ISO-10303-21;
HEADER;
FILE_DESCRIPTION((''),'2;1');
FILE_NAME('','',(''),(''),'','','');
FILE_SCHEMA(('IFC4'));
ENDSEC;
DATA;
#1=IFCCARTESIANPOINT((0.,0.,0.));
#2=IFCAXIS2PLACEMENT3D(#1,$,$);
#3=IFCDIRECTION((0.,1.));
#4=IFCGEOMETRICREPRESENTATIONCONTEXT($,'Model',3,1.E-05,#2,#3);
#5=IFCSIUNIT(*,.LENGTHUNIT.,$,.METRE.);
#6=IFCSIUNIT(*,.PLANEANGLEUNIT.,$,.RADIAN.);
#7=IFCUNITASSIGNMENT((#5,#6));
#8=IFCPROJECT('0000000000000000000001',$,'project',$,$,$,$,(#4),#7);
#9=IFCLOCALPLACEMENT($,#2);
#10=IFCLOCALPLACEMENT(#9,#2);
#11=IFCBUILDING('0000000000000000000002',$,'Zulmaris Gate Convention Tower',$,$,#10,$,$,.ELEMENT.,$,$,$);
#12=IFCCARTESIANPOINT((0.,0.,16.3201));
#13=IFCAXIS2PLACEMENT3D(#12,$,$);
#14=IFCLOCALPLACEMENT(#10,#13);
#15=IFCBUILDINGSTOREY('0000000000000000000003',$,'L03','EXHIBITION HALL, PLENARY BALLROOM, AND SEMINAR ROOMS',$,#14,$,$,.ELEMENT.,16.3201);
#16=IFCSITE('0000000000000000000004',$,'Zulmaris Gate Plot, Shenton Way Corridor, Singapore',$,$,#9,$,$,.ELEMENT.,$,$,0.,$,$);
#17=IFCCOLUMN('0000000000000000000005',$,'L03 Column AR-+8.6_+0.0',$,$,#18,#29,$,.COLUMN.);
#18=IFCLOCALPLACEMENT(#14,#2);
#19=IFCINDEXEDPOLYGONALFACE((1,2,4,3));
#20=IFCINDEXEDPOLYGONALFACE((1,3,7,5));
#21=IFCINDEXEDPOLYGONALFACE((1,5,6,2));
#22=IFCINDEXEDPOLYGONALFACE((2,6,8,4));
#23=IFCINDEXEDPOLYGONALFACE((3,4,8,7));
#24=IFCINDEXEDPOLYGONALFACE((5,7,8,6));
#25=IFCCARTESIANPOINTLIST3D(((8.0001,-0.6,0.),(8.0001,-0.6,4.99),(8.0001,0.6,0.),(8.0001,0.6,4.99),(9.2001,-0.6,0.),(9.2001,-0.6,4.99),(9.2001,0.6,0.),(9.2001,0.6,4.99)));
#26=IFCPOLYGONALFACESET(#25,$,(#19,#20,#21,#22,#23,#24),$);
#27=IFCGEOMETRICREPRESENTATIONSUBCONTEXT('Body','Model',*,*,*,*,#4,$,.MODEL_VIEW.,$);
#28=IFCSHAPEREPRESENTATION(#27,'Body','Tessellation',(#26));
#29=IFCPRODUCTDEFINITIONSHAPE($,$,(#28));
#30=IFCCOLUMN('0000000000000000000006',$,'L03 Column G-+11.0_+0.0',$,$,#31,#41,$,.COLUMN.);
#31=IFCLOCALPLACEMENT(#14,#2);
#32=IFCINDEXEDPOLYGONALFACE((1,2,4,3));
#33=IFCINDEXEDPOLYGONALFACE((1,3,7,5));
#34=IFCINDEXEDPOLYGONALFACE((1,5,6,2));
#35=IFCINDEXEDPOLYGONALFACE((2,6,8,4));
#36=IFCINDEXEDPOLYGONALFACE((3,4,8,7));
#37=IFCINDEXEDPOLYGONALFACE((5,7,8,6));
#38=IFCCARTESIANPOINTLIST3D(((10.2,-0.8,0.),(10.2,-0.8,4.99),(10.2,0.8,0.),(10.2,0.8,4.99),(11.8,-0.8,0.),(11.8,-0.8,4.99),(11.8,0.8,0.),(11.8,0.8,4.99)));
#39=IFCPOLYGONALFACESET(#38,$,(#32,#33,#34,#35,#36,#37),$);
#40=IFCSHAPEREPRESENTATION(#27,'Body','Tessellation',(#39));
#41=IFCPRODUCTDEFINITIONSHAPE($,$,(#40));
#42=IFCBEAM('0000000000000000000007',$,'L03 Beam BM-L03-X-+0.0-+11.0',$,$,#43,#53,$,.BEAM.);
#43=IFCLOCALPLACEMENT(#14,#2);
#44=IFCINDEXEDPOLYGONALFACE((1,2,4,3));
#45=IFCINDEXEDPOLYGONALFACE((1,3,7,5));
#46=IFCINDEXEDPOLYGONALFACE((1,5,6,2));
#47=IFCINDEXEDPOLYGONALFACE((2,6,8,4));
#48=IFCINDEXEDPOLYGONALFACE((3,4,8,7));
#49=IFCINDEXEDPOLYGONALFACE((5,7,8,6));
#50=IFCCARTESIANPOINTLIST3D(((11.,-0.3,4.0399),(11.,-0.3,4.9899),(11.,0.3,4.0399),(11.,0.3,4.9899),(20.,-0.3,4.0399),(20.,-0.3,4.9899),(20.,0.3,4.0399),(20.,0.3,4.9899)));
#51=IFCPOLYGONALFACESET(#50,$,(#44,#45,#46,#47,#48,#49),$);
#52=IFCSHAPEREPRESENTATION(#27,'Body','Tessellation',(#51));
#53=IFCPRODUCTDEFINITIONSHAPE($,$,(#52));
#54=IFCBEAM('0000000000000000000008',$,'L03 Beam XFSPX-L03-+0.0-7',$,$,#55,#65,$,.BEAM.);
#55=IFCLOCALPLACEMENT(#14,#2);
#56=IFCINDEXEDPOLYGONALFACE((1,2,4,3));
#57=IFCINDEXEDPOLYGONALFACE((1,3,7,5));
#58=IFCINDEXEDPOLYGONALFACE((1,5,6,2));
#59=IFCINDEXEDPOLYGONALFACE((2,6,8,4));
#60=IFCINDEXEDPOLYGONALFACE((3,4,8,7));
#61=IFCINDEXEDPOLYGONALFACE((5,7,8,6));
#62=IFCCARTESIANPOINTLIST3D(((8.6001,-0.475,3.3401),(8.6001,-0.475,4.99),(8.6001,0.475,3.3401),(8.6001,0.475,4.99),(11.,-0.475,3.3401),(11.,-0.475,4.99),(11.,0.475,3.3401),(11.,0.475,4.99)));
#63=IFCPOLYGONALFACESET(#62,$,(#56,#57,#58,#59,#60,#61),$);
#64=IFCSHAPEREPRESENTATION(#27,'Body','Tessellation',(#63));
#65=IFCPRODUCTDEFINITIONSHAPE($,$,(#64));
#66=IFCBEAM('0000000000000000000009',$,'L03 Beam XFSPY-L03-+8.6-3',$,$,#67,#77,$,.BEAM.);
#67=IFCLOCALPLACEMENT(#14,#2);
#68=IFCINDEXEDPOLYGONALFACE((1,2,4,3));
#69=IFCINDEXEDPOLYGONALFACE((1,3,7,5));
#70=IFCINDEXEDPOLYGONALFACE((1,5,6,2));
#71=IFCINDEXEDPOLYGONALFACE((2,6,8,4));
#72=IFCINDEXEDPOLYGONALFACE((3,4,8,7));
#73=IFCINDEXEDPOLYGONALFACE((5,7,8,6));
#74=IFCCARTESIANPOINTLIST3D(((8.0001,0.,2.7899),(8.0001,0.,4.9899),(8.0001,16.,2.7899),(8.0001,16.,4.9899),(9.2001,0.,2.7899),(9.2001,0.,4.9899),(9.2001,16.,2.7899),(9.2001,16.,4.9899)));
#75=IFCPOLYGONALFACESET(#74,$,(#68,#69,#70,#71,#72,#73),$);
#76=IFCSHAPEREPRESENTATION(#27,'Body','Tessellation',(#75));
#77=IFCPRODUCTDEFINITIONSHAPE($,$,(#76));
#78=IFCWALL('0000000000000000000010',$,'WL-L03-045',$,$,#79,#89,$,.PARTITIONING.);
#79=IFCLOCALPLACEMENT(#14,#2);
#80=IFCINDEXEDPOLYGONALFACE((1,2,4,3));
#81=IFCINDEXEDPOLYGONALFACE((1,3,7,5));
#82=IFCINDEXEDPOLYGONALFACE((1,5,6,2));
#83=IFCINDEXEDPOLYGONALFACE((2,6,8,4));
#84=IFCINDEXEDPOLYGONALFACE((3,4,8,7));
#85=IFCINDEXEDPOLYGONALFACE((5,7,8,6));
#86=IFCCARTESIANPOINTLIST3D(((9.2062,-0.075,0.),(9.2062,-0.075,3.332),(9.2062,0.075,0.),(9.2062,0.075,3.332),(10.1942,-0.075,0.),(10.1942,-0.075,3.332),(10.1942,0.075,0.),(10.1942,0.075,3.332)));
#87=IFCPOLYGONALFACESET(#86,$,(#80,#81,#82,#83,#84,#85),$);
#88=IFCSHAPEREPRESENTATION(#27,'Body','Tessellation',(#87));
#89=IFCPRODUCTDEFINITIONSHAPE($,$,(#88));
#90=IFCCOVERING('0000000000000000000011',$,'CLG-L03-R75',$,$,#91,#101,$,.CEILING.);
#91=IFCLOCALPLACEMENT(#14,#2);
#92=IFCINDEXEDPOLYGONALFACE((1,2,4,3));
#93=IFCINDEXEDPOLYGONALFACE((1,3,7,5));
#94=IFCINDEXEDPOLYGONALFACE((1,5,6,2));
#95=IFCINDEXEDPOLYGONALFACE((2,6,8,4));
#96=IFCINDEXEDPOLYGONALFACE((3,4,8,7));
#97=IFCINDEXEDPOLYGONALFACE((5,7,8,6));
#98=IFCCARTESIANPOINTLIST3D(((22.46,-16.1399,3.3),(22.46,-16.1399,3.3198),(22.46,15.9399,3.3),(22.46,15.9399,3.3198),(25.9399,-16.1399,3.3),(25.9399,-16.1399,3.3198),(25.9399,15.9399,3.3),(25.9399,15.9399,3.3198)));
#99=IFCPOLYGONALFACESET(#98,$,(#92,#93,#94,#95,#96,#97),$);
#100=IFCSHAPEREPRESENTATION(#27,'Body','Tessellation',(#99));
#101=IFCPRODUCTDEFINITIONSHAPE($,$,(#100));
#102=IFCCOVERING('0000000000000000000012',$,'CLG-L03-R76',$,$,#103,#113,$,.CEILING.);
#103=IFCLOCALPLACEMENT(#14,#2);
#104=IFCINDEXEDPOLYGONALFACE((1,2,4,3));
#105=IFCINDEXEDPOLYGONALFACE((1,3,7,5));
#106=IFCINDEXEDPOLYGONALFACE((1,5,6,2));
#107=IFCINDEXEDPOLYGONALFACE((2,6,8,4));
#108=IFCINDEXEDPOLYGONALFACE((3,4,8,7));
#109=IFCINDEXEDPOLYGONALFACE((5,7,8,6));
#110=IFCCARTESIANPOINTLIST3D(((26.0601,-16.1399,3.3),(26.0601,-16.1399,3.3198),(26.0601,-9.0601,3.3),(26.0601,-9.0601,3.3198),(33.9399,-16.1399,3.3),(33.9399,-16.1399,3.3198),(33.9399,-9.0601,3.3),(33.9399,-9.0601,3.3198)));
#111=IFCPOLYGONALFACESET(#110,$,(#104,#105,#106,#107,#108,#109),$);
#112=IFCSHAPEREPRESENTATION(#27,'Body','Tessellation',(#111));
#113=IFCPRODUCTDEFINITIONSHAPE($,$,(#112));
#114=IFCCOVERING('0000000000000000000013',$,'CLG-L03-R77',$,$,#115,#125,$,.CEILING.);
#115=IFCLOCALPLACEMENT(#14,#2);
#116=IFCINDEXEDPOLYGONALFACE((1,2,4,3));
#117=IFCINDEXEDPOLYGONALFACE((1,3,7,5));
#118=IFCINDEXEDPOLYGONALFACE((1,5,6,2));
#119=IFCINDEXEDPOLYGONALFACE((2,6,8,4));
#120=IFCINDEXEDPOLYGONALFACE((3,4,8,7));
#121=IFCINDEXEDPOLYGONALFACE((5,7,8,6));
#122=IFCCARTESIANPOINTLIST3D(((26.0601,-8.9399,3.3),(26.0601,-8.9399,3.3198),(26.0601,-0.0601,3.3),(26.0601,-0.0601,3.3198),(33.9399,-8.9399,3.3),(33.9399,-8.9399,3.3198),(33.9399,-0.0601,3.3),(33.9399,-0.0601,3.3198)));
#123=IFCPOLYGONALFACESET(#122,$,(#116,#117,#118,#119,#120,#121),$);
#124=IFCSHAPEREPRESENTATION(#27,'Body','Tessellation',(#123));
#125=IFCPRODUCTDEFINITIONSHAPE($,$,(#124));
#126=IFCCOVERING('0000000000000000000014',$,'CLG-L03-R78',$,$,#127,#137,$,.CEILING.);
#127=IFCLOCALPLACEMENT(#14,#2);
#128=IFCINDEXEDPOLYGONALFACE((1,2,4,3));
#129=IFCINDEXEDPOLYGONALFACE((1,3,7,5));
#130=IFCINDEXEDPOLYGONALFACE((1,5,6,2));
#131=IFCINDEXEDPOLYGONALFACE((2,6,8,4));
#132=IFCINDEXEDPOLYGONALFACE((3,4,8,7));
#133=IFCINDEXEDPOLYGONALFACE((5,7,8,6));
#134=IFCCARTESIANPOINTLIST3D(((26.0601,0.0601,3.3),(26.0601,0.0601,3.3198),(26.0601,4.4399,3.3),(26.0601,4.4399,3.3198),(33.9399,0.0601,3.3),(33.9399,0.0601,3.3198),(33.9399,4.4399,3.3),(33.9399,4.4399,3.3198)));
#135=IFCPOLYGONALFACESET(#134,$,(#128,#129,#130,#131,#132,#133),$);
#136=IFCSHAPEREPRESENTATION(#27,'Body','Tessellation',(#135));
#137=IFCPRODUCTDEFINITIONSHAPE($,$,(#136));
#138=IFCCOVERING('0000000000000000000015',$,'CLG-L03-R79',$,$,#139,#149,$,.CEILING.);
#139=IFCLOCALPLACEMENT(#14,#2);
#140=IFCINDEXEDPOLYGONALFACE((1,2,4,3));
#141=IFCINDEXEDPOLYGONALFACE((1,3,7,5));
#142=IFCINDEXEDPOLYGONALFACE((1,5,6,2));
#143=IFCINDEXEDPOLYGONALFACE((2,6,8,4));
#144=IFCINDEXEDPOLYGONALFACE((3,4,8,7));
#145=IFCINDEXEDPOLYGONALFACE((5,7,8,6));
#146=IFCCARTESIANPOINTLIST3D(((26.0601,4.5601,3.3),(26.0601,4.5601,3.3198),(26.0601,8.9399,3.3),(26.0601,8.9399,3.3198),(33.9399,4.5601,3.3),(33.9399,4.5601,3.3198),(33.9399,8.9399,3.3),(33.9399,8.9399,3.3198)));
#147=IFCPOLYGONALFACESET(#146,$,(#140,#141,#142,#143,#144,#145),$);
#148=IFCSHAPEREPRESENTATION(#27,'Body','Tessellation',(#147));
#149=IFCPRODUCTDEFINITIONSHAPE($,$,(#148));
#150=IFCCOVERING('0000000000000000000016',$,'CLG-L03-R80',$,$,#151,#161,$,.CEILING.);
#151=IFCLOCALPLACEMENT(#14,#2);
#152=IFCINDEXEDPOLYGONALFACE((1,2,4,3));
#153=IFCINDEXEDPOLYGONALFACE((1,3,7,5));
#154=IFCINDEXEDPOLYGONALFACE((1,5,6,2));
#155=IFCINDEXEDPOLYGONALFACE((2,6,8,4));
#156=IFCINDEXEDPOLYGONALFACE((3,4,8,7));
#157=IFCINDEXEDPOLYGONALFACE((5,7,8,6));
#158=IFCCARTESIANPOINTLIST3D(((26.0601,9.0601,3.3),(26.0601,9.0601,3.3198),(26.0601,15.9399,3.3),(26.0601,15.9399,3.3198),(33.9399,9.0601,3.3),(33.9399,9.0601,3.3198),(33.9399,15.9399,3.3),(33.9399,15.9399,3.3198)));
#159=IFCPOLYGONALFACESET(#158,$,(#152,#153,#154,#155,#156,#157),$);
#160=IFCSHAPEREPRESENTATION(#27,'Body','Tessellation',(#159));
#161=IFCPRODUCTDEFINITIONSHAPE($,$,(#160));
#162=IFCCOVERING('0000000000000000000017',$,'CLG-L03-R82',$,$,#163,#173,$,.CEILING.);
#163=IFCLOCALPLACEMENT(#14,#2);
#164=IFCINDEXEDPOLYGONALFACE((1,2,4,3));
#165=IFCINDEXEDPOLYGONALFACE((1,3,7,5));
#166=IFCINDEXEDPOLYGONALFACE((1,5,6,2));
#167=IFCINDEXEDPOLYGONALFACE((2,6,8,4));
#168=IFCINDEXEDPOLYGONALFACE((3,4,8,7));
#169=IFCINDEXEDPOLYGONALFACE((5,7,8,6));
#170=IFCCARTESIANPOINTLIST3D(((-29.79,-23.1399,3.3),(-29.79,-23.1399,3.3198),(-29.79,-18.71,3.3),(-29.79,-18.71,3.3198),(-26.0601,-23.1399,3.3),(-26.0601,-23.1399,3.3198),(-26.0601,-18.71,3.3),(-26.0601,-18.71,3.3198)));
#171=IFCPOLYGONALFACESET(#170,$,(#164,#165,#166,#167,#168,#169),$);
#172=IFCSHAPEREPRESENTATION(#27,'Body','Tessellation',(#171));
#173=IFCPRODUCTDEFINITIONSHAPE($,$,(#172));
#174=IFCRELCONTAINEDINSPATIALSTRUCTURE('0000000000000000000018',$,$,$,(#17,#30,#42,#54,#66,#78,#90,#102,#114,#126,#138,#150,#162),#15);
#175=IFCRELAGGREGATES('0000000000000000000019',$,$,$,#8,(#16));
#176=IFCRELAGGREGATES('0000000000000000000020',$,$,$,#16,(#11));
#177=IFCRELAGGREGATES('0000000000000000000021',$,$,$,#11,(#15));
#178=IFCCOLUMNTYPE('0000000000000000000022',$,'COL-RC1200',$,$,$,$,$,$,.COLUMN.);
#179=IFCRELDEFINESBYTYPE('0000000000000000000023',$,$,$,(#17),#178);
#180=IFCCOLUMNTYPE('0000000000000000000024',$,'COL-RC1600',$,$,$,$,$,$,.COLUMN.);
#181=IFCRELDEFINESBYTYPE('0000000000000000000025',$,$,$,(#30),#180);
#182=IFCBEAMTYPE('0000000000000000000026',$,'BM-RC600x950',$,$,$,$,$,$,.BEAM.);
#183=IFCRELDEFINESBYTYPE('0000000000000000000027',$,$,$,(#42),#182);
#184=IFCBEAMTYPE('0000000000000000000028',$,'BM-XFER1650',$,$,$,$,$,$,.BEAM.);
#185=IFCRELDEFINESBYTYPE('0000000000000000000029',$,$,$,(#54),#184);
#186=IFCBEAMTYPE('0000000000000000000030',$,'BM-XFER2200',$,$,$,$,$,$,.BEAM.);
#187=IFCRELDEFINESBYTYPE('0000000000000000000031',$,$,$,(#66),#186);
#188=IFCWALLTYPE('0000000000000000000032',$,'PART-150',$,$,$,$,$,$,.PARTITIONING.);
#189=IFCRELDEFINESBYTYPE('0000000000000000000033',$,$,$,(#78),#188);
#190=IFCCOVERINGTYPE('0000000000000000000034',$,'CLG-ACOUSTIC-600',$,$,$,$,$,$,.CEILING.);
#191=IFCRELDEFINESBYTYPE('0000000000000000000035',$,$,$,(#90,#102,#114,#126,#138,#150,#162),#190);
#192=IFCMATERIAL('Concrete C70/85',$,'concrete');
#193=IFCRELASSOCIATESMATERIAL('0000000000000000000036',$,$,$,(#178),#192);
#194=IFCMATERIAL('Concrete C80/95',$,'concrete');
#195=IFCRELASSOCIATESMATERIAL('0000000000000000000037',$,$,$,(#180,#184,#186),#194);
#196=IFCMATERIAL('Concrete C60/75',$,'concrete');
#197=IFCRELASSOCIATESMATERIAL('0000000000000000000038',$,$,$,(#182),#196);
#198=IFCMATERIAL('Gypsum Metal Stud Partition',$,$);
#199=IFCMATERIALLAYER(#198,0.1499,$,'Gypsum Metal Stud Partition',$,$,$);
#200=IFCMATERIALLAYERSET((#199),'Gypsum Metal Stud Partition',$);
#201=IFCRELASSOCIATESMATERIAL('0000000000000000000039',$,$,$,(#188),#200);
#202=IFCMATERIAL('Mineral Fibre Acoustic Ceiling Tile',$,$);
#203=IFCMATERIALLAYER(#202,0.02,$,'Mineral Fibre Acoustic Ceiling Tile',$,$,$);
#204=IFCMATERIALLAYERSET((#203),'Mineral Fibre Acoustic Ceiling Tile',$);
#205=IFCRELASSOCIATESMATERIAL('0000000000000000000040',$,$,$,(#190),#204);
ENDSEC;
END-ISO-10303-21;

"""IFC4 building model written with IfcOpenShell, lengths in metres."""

from ifc_helpers import new_model, si_unit, direction, frame, frame_2d, origin, origin_2d, place, context, subcontext, project, spatial, polyline, rectangle, outline, extrude, material, layer, layer_set, material_profile, profile_set, type_object, element, save


model = new_model("IFC4")

# Units and contexts
model_context = context("Model", 3, precision=1e-05, world=origin(), true_north=direction((0.0, 1.0)))
body_context = subcontext(model_context, "Body", "Model", "MODEL_VIEW")
ifc_project = project(units=[si_unit("LENGTHUNIT", "METRE"), si_unit("PLANEANGLEUNIT", "RADIAN")], contexts=[model_context])

# Site, building, storey
site_placement = place(None, origin())
site = spatial("IfcSite", under=ifc_project, at=site_placement, Name="Zulmaris Gate Plot, Shenton Way Corridor, Singapore", CompositionType="ELEMENT", RefElevation=0.0)
building_placement = place(site_placement, origin())
building = spatial("IfcBuilding", under=site, at=building_placement, Name="Zulmaris Gate Convention Tower", CompositionType="ELEMENT")
storey_placement = place(building_placement, frame((0.0, 0.0, 16.3201)))
storey = spatial("IfcBuildingStorey", under=building, at=storey_placement, Name="L03", Description="EXHIBITION HALL, PLENARY BALLROOM, AND SEMINAR ROOMS", CompositionType="ELEMENT", Elevation=16.3201)

# Columns
ifc_material_1 = material(Name="Concrete C70/85", Category="concrete")
ifc_material_profile_1 = material_profile(ifc_material_1, rectangle(XDim=1.2, YDim=1.2, at=origin_2d()), Name="RC COL 1200x1200")
ifc_profile_set_1 = profile_set([ifc_material_profile_1], Name="Concrete C70/85")
column_type_1 = type_object("IfcColumnType", Name="COL-RC1200", PredefinedType="COLUMN", material=ifc_profile_set_1)
column_1_placement = place(storey_placement, frame((8.6001, 0.0, 0.0), z_axis=(0.0, 0.0, 1.0), x_axis=(1.0, 0.0, 0.0)))
element("IfcColumn", 1, at=column_1_placement, inside=storey, type_object=column_type_1, Name="L03 Column AR-+8.6_+0.0", PredefinedType="COLUMN", context=body_context, shape_type="SweptSolid", body=[
    extrude(rectangle(XDim=1.2, YDim=1.2, at=origin_2d()), origin(), (0.0, 0.0, 1.0), 4.99),
])
ifc_material_2 = material(Name="Concrete C80/95", Category="concrete")
ifc_material_profile_2 = material_profile(ifc_material_2, rectangle(XDim=1.6001, YDim=1.6001, at=origin_2d()), Name="RC COL 1600x1600")
ifc_profile_set_2 = profile_set([ifc_material_profile_2], Name="Concrete C80/95")
column_type_2 = type_object("IfcColumnType", Name="COL-RC1600", PredefinedType="COLUMN", material=ifc_profile_set_2)
column_2_placement = place(storey_placement, frame((11.0, 0.0, 0.0), z_axis=(0.0, 0.0, 1.0), x_axis=(1.0, 0.0, 0.0)))
element("IfcColumn", 2, at=column_2_placement, inside=storey, type_object=column_type_2, Name="L03 Column G-+11.0_+0.0", PredefinedType="COLUMN", context=body_context, shape_type="SweptSolid", body=[
    extrude(rectangle(XDim=1.6001, YDim=1.6001, at=origin_2d()), origin(), (0.0, 0.0, 1.0), 4.99),
])

# Beams
ifc_material_3 = material(Name="Concrete C60/75", Category="concrete")
ifc_material_profile_3 = material_profile(ifc_material_3, rectangle(XDim=0.6001, YDim=0.95, at=origin_2d()), Name="RC BEAM 600x950")
ifc_profile_set_3 = profile_set([ifc_material_profile_3], Name="Concrete C60/75")
beam_type_1 = type_object("IfcBeamType", Name="BM-RC600x950", PredefinedType="BEAM", material=ifc_profile_set_3)
beam_1_placement = place(storey_placement, frame((11.0, 0.0, 4.5149), z_axis=(1.0, 0.0, 0.0), x_axis=(0.0, 1.0, 0.0)))
element("IfcBeam", 3, at=beam_1_placement, inside=storey, type_object=beam_type_1, Name="L03 Beam BM-L03-X-+0.0-+11.0", PredefinedType="BEAM", context=body_context, shape_type="SweptSolid", body=[
    extrude(rectangle(XDim=0.6001, YDim=0.95, at=origin_2d()), origin(), (0.0, 0.0, 1.0), 9.0),
])
ifc_material_profile_4 = material_profile(ifc_material_2, rectangle(XDim=0.95, YDim=1.6499, at=origin_2d()), Name="RC TRANSFER 950x1650")
ifc_profile_set_4 = profile_set([ifc_material_profile_4], Name="Concrete C80/95")
beam_type_2 = type_object("IfcBeamType", Name="BM-XFER1650", PredefinedType="BEAM", material=ifc_profile_set_4)
beam_2_placement = place(storey_placement, frame((8.6001, 0.0, 4.165), z_axis=(1.0, 0.0, 0.0), x_axis=(0.0, 1.0, 0.0)))
element("IfcBeam", 4, at=beam_2_placement, inside=storey, type_object=beam_type_2, Name="L03 Beam XFSPX-L03-+0.0-7", PredefinedType="BEAM", context=body_context, shape_type="SweptSolid", body=[
    extrude(rectangle(XDim=0.95, YDim=1.6499, at=origin_2d()), origin(), (0.0, 0.0, 1.0), 2.3999),
])
ifc_material_profile_5 = material_profile(ifc_material_2, rectangle(XDim=1.2, YDim=2.2, at=origin_2d()), Name="RC TRANSFER 1200x2200")
ifc_profile_set_5 = profile_set([ifc_material_profile_5], Name="Concrete C80/95")
beam_type_3 = type_object("IfcBeamType", Name="BM-XFER2200", PredefinedType="BEAM", material=ifc_profile_set_5)
beam_3_placement = place(storey_placement, frame((8.6001, 0.0, 3.8899), z_axis=(0.0, 1.0, 0.0), x_axis=(-1.0, 0.0, 0.0)))
element("IfcBeam", 5, at=beam_3_placement, inside=storey, type_object=beam_type_3, Name="L03 Beam XFSPY-L03-+8.6-3", PredefinedType="BEAM", context=body_context, shape_type="SweptSolid", body=[
    extrude(rectangle(XDim=1.2, YDim=2.2, at=origin_2d()), origin(), (0.0, 0.0, 1.0), 16.0),
])

# Wall
ifc_material_4 = material(Name="Gypsum Metal Stud Partition")
ifc_layer_1 = layer(ifc_material_4, 0.1499, Name="Gypsum Metal Stud Partition")
ifc_layer_set_1 = layer_set([ifc_layer_1], Name="Gypsum Metal Stud Partition")
wall_type = type_object("IfcWallType", Name="PART-150", PredefinedType="PARTITIONING", material=ifc_layer_set_1)
wall_placement = place(storey_placement, frame((9.2061, 0.0, 0.0), z_axis=(0.0, 0.0, 1.0), x_axis=(1.0, 0.0, 0.0)))
element("IfcWall", 6, at=wall_placement, inside=storey, type_object=wall_type, Name="WL-L03-045", PredefinedType="PARTITIONING", context=body_context, shape_type="SweptSolid", body=[
    extrude(rectangle(XDim=0.988, YDim=0.1499, at=frame_2d((0.4941, 0.0))), origin(), (0.0, 0.0, 1.0), 3.332),
])

# Coverings
ifc_material_5 = material(Name="Mineral Fibre Acoustic Ceiling Tile")
ifc_layer_2 = layer(ifc_material_5, 0.02, Name="Mineral Fibre Acoustic Ceiling Tile")
ifc_layer_set_2 = layer_set([ifc_layer_2], Name="Mineral Fibre Acoustic Ceiling Tile")
covering_type_1 = type_object("IfcCoveringType", Name="CLG-ACOUSTIC-600", PredefinedType="CEILING", material=ifc_layer_set_2)
covering_1_placement = place(storey_placement, frame((0.0, 0.0, 3.3)))
element("IfcCovering", 7, at=covering_1_placement, inside=storey, type_object=covering_type_1, Name="CLG-L03-R75", PredefinedType="CEILING", context=body_context, shape_type="SweptSolid", body=[
    extrude(outline(polyline([(22.46, -16.1399), (25.9399, -16.1399), (25.9399, 15.9399), (22.46, 15.9399), (22.46, -16.1399)])), origin(), (0.0, 0.0, 1.0), 0.0198),
])
covering_2_placement = place(storey_placement, frame((0.0, 0.0, 3.3)))
element("IfcCovering", 8, at=covering_2_placement, inside=storey, type_object=covering_type_1, Name="CLG-L03-R76", PredefinedType="CEILING", context=body_context, shape_type="SweptSolid", body=[
    extrude(outline(polyline([(26.0601, -16.1399), (33.9399, -16.1399), (33.9399, -9.0601), (26.0601, -9.0601), (26.0601, -16.1399)])), origin(), (0.0, 0.0, 1.0), 0.0198),
])
covering_3_placement = place(storey_placement, frame((0.0, 0.0, 3.3)))
element("IfcCovering", 9, at=covering_3_placement, inside=storey, type_object=covering_type_1, Name="CLG-L03-R77", PredefinedType="CEILING", context=body_context, shape_type="SweptSolid", body=[
    extrude(outline(polyline([(26.0601, -8.9399), (33.9399, -8.9399), (33.9399, -0.0601), (26.0601, -0.0601), (26.0601, -8.9399)])), origin(), (0.0, 0.0, 1.0), 0.0198),
])
covering_4_placement = place(storey_placement, frame((0.0, 0.0, 3.3)))
element("IfcCovering", 10, at=covering_4_placement, inside=storey, type_object=covering_type_1, Name="CLG-L03-R78", PredefinedType="CEILING", context=body_context, shape_type="SweptSolid", body=[
    extrude(outline(polyline([(26.0601, 0.0601), (33.9399, 0.0601), (33.9399, 4.4399), (26.0601, 4.4399), (26.0601, 0.0601)])), origin(), (0.0, 0.0, 1.0), 0.0198),
])
covering_5_placement = place(storey_placement, frame((0.0, 0.0, 3.3)))
element("IfcCovering", 11, at=covering_5_placement, inside=storey, type_object=covering_type_1, Name="CLG-L03-R79", PredefinedType="CEILING", context=body_context, shape_type="SweptSolid", body=[
    extrude(outline(polyline([(26.0601, 4.5601), (33.9399, 4.5601), (33.9399, 8.9399), (26.0601, 8.9399), (26.0601, 4.5601)])), origin(), (0.0, 0.0, 1.0), 0.0198),
])
covering_6_placement = place(storey_placement, frame((0.0, 0.0, 3.3)))
element("IfcCovering", 12, at=covering_6_placement, inside=storey, type_object=covering_type_1, Name="CLG-L03-R80", PredefinedType="CEILING", context=body_context, shape_type="SweptSolid", body=[
    extrude(outline(polyline([(26.0601, 9.0601), (33.9399, 9.0601), (33.9399, 15.9399), (26.0601, 15.9399), (26.0601, 9.0601)])), origin(), (0.0, 0.0, 1.0), 0.0198),
])
covering_7_placement = place(storey_placement, frame((0.0, 0.0, 3.3)))
element("IfcCovering", 13, at=covering_7_placement, inside=storey, type_object=covering_type_1, Name="CLG-L03-R82", PredefinedType="CEILING", context=body_context, shape_type="SweptSolid", body=[
    extrude(outline(polyline([(-29.79, -23.1399), (-26.0601, -23.1399), (-26.0601, -18.71), (-29.79, -18.71), (-29.79, -23.1399)])), origin(), (0.0, 0.0, 1.0), 0.0198),
])

save(model, "model.ifc")
